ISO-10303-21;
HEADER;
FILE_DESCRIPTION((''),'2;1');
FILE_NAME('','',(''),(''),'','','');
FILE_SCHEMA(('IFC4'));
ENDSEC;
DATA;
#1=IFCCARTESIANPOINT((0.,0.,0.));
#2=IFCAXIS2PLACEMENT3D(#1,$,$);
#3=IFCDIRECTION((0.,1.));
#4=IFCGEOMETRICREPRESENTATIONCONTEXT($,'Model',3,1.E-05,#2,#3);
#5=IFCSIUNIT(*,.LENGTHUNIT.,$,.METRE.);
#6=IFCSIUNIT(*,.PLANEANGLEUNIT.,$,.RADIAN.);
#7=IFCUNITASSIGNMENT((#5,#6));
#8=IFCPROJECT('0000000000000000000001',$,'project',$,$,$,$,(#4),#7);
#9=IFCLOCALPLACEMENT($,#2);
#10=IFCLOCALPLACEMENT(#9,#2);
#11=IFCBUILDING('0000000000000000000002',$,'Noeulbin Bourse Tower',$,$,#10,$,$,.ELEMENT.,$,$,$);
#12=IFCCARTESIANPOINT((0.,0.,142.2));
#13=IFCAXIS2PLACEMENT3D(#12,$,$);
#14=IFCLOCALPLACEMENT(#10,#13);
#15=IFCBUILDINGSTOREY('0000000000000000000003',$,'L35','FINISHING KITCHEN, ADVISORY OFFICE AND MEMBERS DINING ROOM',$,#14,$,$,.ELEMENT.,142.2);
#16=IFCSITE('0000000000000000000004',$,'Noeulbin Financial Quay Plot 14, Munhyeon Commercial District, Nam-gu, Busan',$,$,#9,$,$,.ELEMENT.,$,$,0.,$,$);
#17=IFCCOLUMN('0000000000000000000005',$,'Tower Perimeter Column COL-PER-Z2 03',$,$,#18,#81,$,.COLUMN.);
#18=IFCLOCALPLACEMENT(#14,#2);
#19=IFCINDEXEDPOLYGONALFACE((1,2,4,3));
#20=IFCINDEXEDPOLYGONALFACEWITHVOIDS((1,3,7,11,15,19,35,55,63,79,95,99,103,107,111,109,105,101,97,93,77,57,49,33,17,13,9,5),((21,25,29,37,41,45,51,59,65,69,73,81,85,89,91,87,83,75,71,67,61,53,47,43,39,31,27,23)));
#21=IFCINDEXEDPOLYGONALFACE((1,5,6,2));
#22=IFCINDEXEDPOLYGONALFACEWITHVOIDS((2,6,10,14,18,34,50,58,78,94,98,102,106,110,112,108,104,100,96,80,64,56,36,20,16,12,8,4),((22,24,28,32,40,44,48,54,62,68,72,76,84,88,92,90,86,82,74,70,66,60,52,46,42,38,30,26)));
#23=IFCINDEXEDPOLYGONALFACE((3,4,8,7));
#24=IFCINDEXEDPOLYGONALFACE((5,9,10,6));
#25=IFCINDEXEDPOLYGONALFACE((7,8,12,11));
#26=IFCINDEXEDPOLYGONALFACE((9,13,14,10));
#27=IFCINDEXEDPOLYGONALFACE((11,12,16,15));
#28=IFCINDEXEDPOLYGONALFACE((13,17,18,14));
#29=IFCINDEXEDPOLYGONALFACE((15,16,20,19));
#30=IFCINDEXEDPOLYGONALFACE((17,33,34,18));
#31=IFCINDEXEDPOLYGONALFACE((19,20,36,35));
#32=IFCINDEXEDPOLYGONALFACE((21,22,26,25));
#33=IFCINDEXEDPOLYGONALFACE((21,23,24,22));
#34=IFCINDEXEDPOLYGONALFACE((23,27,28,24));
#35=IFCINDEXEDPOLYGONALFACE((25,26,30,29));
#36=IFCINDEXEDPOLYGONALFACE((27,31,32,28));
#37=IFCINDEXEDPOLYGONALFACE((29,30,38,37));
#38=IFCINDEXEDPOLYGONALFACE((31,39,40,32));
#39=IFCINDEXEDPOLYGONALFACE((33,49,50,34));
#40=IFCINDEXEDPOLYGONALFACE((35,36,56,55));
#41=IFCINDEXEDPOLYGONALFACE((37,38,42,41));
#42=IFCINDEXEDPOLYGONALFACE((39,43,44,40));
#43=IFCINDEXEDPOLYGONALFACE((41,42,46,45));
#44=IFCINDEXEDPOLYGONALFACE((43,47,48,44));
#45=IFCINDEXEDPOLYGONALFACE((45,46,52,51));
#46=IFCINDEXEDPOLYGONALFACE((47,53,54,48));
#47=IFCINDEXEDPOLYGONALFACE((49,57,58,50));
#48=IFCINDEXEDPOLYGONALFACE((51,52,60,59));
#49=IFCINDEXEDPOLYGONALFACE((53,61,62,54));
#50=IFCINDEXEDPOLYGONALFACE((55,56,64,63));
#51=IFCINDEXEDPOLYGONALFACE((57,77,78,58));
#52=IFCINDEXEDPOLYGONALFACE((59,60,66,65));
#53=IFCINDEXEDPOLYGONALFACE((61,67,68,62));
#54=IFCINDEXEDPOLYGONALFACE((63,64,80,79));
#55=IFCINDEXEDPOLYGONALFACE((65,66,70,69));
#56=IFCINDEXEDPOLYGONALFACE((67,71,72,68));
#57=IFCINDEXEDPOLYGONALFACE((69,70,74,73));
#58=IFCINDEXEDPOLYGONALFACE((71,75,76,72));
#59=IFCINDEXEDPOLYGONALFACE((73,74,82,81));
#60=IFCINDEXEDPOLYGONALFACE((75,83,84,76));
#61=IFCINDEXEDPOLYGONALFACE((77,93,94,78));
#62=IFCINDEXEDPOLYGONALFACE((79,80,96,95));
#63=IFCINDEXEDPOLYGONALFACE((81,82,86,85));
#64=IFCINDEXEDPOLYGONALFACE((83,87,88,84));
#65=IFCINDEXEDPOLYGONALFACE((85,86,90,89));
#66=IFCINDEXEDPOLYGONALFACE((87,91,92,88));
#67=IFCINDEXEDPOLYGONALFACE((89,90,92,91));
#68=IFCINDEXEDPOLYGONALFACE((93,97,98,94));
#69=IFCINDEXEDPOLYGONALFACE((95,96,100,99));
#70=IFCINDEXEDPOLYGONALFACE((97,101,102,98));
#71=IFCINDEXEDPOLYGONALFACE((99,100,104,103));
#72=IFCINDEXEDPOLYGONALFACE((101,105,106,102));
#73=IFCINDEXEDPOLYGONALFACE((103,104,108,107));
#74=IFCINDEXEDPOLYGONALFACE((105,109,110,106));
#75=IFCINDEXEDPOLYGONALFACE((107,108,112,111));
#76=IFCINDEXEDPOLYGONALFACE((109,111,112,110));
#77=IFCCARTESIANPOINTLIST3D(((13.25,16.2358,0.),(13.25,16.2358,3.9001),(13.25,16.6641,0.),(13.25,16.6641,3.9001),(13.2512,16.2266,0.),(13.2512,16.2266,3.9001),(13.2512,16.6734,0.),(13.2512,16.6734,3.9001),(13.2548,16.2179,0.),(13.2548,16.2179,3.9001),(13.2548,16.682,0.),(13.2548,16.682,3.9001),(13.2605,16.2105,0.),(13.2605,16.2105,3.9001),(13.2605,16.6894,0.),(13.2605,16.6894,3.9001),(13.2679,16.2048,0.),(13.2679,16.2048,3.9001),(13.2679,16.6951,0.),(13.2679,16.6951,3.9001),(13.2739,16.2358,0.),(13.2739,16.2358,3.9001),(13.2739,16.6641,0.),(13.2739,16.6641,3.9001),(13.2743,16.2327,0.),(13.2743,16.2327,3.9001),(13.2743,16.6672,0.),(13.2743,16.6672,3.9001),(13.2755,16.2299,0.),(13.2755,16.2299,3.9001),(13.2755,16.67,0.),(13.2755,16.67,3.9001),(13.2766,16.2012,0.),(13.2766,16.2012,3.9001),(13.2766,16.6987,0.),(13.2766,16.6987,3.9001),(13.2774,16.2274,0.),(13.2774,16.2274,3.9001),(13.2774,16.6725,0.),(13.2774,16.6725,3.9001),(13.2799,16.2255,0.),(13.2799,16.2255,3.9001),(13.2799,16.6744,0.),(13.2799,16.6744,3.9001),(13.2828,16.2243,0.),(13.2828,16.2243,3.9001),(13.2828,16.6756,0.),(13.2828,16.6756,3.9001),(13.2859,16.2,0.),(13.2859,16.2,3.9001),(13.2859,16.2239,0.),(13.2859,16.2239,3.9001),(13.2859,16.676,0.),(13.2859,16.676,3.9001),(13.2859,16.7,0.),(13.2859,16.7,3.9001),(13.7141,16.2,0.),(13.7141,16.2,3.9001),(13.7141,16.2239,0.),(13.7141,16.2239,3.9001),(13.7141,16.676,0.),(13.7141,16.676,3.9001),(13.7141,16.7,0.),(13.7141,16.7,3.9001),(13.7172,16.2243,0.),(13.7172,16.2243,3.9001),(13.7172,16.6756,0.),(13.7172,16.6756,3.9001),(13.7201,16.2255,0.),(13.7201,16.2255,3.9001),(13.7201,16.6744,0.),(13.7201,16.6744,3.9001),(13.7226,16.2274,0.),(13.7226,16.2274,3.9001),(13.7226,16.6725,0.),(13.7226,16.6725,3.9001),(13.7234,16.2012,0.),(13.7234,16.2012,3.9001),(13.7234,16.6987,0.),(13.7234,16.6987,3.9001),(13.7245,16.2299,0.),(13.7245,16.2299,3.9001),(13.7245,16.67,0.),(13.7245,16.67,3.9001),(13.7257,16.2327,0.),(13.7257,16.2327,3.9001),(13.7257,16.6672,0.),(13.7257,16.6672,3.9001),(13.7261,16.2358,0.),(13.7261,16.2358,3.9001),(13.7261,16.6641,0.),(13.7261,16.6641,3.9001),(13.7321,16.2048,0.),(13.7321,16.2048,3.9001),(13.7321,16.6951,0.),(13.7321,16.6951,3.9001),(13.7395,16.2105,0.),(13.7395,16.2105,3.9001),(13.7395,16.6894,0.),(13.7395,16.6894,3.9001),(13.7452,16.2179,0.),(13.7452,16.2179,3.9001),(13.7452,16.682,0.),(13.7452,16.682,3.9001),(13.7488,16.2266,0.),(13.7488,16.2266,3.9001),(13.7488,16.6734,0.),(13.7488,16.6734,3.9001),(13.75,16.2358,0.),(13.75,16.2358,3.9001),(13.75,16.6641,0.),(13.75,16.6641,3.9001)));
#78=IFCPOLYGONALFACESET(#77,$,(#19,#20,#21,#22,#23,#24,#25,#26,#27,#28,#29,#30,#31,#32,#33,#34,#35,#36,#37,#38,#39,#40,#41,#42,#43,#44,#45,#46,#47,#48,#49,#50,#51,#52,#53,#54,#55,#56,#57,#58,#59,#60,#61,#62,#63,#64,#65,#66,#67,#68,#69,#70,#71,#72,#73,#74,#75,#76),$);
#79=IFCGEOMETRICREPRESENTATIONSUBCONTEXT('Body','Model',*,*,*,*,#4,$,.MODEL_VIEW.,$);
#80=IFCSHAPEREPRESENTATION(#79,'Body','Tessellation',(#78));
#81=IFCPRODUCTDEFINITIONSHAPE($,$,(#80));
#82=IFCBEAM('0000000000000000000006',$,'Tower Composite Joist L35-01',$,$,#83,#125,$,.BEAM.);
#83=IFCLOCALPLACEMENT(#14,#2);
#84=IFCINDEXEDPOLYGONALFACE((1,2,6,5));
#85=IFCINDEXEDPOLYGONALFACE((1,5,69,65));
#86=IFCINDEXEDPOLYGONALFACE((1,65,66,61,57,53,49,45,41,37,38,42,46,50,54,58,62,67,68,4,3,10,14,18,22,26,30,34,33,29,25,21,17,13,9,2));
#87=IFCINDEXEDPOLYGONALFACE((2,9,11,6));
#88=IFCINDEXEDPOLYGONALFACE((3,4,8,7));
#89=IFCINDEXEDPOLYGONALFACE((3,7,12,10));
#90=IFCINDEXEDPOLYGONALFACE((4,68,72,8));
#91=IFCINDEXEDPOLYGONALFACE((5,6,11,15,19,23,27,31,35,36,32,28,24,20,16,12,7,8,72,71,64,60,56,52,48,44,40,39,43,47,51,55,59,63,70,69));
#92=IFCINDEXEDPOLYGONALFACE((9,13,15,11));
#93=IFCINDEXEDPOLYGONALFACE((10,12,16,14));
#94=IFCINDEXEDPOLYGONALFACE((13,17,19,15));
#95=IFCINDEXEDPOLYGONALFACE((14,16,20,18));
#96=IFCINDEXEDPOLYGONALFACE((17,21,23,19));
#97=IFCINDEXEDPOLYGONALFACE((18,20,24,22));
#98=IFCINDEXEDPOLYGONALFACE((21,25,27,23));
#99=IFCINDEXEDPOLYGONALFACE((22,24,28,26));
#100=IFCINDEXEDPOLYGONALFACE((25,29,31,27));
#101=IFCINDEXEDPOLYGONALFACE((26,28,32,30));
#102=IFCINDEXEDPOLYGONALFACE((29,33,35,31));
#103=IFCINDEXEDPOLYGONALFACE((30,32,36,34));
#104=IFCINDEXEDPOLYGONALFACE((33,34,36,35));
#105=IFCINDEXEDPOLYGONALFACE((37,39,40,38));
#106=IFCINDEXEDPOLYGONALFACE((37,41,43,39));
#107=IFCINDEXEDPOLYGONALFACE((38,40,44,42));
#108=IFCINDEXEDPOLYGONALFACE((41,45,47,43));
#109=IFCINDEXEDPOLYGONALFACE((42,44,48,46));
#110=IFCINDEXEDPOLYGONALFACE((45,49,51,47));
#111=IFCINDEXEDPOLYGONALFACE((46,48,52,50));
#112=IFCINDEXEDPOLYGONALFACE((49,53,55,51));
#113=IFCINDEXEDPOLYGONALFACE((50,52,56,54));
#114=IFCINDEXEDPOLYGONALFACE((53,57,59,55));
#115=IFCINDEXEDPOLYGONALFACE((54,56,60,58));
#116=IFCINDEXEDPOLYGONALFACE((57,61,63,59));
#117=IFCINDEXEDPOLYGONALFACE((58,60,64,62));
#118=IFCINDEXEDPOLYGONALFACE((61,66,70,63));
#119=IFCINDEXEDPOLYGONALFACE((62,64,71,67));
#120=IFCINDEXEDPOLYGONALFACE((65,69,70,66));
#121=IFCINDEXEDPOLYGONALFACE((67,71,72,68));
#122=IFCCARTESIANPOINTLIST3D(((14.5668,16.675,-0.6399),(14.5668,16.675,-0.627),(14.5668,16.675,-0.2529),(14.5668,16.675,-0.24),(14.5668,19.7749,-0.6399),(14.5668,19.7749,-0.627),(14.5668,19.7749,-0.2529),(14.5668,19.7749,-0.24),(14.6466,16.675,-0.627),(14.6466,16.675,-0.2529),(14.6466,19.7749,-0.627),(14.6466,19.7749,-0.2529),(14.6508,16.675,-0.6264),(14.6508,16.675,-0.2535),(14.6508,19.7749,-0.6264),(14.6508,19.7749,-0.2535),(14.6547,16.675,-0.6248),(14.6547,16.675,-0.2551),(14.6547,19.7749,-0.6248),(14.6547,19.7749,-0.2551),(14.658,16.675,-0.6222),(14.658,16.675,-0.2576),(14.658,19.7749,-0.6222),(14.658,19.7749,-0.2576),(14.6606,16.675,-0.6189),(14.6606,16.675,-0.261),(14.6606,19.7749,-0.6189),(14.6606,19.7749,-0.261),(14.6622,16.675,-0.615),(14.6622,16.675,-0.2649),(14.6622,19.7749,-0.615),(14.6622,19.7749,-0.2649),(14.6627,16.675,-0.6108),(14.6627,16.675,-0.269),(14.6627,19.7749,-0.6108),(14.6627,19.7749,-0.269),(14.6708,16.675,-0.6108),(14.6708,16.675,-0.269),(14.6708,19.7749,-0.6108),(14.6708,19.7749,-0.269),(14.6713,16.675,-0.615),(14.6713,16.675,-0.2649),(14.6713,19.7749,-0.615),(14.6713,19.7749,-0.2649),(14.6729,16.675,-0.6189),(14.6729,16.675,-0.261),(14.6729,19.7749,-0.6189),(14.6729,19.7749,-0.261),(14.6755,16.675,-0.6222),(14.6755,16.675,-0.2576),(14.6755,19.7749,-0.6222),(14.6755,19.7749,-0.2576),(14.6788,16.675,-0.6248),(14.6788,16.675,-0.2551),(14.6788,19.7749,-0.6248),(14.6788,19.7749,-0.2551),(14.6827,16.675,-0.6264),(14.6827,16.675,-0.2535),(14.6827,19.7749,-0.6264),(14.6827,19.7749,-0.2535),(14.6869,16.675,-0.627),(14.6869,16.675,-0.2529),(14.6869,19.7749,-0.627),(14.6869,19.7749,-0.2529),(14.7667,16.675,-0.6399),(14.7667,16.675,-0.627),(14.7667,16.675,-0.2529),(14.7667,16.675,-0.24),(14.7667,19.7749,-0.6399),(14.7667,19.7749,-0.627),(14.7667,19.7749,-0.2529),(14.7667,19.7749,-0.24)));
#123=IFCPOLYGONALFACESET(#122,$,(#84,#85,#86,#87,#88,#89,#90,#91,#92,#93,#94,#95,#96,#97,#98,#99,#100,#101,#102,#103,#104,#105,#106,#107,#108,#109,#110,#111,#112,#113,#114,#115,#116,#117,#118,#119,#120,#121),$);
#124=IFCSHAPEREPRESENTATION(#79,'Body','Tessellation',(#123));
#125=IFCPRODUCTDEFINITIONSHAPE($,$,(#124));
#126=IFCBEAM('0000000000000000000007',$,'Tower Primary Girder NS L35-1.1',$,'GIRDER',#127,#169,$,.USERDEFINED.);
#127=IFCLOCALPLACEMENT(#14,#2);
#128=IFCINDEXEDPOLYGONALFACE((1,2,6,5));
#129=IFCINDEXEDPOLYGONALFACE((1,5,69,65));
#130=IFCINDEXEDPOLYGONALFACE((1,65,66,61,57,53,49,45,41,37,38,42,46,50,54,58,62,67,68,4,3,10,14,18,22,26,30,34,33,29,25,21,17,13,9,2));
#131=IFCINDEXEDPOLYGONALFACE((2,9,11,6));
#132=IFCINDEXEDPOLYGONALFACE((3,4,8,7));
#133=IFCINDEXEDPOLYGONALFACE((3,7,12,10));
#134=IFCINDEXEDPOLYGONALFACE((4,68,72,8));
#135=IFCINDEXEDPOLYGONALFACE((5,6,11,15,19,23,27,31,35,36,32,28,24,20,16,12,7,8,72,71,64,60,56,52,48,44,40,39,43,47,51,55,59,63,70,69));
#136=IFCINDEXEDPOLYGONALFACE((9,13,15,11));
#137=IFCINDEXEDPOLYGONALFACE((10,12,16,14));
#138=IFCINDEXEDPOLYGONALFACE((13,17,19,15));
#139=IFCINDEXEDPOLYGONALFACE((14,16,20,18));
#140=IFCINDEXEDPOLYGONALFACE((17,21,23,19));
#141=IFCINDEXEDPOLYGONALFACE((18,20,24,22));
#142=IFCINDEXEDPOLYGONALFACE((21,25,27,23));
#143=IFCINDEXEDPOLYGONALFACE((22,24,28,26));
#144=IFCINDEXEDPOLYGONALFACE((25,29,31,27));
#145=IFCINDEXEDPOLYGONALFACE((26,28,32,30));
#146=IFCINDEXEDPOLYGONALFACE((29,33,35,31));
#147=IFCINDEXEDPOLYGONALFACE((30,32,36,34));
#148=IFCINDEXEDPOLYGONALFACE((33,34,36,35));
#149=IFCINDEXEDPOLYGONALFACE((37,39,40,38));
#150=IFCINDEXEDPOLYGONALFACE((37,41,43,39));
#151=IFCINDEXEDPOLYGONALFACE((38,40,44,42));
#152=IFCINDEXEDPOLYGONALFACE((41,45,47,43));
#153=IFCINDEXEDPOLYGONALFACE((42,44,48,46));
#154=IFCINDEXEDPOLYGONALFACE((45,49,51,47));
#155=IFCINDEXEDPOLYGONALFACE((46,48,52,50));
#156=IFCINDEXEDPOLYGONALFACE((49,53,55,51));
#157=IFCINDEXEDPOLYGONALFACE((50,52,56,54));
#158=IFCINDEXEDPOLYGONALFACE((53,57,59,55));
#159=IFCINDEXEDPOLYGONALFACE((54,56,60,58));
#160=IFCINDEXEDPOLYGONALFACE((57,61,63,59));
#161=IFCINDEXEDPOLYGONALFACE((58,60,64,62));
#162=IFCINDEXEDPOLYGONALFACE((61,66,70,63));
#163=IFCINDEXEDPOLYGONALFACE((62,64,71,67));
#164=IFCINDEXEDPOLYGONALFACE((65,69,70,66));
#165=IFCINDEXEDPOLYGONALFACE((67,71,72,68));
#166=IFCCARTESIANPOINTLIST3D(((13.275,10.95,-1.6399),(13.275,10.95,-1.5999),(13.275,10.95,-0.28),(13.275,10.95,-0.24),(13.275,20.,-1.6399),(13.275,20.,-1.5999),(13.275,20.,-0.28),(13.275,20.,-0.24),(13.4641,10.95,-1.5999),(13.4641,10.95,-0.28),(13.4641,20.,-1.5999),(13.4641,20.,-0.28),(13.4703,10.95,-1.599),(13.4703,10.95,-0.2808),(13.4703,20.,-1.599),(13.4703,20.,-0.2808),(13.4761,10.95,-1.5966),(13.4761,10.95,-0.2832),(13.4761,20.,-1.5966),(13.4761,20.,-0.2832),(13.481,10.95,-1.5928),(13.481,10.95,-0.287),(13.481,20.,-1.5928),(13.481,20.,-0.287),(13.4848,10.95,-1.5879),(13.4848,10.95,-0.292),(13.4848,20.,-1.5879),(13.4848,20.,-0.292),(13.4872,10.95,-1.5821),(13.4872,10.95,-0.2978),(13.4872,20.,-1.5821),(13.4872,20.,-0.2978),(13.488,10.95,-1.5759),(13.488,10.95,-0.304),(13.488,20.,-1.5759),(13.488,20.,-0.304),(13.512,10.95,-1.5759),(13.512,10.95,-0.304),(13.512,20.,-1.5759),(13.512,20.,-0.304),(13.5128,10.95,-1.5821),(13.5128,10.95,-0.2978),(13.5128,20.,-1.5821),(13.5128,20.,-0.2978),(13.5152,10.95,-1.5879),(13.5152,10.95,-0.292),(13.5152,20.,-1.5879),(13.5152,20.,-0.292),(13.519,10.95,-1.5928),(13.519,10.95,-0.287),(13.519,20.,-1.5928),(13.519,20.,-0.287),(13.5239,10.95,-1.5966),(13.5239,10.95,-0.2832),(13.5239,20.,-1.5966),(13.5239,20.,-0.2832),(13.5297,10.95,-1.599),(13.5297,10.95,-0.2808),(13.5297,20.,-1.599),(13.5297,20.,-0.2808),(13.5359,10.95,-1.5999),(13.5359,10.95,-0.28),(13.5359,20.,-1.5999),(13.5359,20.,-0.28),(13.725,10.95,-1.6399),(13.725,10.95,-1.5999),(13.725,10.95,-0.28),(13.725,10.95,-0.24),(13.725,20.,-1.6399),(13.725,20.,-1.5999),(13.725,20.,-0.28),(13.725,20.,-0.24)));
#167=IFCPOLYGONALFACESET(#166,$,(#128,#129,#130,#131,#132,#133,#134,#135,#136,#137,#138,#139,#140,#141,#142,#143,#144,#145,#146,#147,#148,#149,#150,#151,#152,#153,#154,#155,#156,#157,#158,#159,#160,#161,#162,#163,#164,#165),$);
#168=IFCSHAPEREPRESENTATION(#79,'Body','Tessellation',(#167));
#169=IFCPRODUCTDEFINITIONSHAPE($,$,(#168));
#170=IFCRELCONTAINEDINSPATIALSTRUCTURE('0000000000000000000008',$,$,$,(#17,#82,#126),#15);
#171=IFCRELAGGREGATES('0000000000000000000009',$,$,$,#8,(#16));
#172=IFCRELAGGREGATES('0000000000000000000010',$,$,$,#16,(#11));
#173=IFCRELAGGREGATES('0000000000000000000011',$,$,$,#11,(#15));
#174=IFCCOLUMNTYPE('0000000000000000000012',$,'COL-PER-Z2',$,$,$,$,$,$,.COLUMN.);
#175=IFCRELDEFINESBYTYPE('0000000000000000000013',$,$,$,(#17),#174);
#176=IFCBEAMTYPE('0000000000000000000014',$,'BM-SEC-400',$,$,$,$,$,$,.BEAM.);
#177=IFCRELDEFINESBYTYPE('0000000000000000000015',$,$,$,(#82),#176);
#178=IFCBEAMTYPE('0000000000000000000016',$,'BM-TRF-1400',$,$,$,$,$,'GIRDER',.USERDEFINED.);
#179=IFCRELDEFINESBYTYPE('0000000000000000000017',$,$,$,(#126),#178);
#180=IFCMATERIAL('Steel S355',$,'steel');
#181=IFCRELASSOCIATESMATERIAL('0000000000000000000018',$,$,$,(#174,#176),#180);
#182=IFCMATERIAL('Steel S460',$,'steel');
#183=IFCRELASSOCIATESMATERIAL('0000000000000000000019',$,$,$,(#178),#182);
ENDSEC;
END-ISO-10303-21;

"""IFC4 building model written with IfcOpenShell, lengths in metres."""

from ifc_helpers import new_model, si_unit, direction, frame, origin, origin_2d, place, context, subcontext, project, spatial, hollow_rectangle, i_section, extrude, material, material_profile, profile_set, type_object, element, save


model = new_model("IFC4")

# Units and contexts
model_context = context("Model", 3, precision=1e-05, world=origin(), true_north=direction((0.0, 1.0)))
body_context = subcontext(model_context, "Body", "Model", "MODEL_VIEW")
ifc_project = project(units=[si_unit("LENGTHUNIT", "METRE"), si_unit("PLANEANGLEUNIT", "RADIAN")], contexts=[model_context])

# Site, building, storey
site_placement = place(None, origin())
site = spatial("IfcSite", under=ifc_project, at=site_placement, Name="Noeulbin Financial Quay Plot 14, Munhyeon Commercial District, Nam-gu, Busan", CompositionType="ELEMENT", RefElevation=0.0)
building_placement = place(site_placement, origin())
building = spatial("IfcBuilding", under=site, at=building_placement, Name="Noeulbin Bourse Tower", CompositionType="ELEMENT")
storey_placement = place(building_placement, frame((0.0, 0.0, 142.2)))
storey = spatial("IfcBuildingStorey", under=building, at=storey_placement, Name="L35", Description="FINISHING KITCHEN, ADVISORY OFFICE AND MEMBERS DINING ROOM", CompositionType="ELEMENT", Elevation=142.2)

# Column
ifc_material_1 = material(Name="Steel S355", Category="steel")
ifc_material_profile_1 = material_profile(ifc_material_1, hollow_rectangle(XDim=0.5, YDim=0.5, WallThickness=0.0239, InnerFilletRadius=0.012, OuterFilletRadius=0.0359, at=origin_2d()), Name="BOX-500x500x24", Category="LoadBearing")
ifc_profile_set_1 = profile_set([ifc_material_profile_1], Name="Steel S355")
column_type = type_object("IfcColumnType", Name="COL-PER-Z2", PredefinedType="COLUMN", material=ifc_profile_set_1)
column_placement = place(storey_placement, frame((13.5, 16.45, 0.0), z_axis=(0.0, 0.0, 1.0), x_axis=(1.0, 0.0, 0.0)))
element("IfcColumn", 1, at=column_placement, inside=storey, type_object=column_type, Name="Tower Perimeter Column COL-PER-Z2 03", PredefinedType="COLUMN", context=body_context, shape_type="SweptSolid", body=[
    extrude(hollow_rectangle(XDim=0.5, YDim=0.5, WallThickness=0.0239, InnerFilletRadius=0.012, OuterFilletRadius=0.0359, at=origin_2d()), origin(), (0.0, 0.0, 1.0), 3.9001),
])

# Beams
ifc_material_profile_2 = material_profile(ifc_material_1, i_section(OverallWidth=0.2, OverallDepth=0.3999, WebThickness=0.0081, FlangeThickness=0.0129, FilletRadius=0.0161, at=origin_2d()), Name="H-400x200x8x13", Category="LoadBearing")
ifc_profile_set_2 = profile_set([ifc_material_profile_2], Name="Steel S355")
beam_type_1 = type_object("IfcBeamType", Name="BM-SEC-400", PredefinedType="BEAM", material=ifc_profile_set_2)
beam_1_placement = place(storey_placement, frame((14.6667, 16.675, -0.4399), z_axis=(0.0, 1.0, 0.0), x_axis=(-1.0, 0.0, 0.0)))
element("IfcBeam", 2, at=beam_1_placement, inside=storey, type_object=beam_type_1, Name="Tower Composite Joist L35-01", PredefinedType="BEAM", context=body_context, shape_type="SweptSolid", body=[
    extrude(i_section(OverallWidth=0.2, OverallDepth=0.3999, WebThickness=0.0081, FlangeThickness=0.0129, FilletRadius=0.0161, at=origin_2d()), origin(), (0.0, 0.0, 1.0), 3.0999),
])
ifc_material_2 = material(Name="Steel S460", Category="steel")
ifc_material_profile_3 = material_profile(ifc_material_2, i_section(OverallWidth=0.45, OverallDepth=1.3999, WebThickness=0.0239, FlangeThickness=0.04, FilletRadius=0.0239, at=origin_2d()), Name="PG-1400x450x24x40", Category="LoadBearing")
ifc_profile_set_3 = profile_set([ifc_material_profile_3], Name="Steel S460")
beam_type_2 = type_object("IfcBeamType", Name="BM-TRF-1400", ElementType="GIRDER", PredefinedType="USERDEFINED", material=ifc_profile_set_3)
beam_2_placement = place(storey_placement, frame((13.5, 10.95, -0.9399), z_axis=(0.0, 1.0, 0.0), x_axis=(-1.0, 0.0, 0.0)))
element("IfcBeam", 3, at=beam_2_placement, inside=storey, type_object=beam_type_2, Name="Tower Primary Girder NS L35-1.1", ObjectType="GIRDER", PredefinedType="USERDEFINED", context=body_context, shape_type="SweptSolid", body=[
    extrude(i_section(OverallWidth=0.45, OverallDepth=1.3999, WebThickness=0.0239, FlangeThickness=0.04, FilletRadius=0.0239, at=origin_2d()), origin(), (0.0, 0.0, 1.0), 9.05),
])

save(model, "model.ifc")
